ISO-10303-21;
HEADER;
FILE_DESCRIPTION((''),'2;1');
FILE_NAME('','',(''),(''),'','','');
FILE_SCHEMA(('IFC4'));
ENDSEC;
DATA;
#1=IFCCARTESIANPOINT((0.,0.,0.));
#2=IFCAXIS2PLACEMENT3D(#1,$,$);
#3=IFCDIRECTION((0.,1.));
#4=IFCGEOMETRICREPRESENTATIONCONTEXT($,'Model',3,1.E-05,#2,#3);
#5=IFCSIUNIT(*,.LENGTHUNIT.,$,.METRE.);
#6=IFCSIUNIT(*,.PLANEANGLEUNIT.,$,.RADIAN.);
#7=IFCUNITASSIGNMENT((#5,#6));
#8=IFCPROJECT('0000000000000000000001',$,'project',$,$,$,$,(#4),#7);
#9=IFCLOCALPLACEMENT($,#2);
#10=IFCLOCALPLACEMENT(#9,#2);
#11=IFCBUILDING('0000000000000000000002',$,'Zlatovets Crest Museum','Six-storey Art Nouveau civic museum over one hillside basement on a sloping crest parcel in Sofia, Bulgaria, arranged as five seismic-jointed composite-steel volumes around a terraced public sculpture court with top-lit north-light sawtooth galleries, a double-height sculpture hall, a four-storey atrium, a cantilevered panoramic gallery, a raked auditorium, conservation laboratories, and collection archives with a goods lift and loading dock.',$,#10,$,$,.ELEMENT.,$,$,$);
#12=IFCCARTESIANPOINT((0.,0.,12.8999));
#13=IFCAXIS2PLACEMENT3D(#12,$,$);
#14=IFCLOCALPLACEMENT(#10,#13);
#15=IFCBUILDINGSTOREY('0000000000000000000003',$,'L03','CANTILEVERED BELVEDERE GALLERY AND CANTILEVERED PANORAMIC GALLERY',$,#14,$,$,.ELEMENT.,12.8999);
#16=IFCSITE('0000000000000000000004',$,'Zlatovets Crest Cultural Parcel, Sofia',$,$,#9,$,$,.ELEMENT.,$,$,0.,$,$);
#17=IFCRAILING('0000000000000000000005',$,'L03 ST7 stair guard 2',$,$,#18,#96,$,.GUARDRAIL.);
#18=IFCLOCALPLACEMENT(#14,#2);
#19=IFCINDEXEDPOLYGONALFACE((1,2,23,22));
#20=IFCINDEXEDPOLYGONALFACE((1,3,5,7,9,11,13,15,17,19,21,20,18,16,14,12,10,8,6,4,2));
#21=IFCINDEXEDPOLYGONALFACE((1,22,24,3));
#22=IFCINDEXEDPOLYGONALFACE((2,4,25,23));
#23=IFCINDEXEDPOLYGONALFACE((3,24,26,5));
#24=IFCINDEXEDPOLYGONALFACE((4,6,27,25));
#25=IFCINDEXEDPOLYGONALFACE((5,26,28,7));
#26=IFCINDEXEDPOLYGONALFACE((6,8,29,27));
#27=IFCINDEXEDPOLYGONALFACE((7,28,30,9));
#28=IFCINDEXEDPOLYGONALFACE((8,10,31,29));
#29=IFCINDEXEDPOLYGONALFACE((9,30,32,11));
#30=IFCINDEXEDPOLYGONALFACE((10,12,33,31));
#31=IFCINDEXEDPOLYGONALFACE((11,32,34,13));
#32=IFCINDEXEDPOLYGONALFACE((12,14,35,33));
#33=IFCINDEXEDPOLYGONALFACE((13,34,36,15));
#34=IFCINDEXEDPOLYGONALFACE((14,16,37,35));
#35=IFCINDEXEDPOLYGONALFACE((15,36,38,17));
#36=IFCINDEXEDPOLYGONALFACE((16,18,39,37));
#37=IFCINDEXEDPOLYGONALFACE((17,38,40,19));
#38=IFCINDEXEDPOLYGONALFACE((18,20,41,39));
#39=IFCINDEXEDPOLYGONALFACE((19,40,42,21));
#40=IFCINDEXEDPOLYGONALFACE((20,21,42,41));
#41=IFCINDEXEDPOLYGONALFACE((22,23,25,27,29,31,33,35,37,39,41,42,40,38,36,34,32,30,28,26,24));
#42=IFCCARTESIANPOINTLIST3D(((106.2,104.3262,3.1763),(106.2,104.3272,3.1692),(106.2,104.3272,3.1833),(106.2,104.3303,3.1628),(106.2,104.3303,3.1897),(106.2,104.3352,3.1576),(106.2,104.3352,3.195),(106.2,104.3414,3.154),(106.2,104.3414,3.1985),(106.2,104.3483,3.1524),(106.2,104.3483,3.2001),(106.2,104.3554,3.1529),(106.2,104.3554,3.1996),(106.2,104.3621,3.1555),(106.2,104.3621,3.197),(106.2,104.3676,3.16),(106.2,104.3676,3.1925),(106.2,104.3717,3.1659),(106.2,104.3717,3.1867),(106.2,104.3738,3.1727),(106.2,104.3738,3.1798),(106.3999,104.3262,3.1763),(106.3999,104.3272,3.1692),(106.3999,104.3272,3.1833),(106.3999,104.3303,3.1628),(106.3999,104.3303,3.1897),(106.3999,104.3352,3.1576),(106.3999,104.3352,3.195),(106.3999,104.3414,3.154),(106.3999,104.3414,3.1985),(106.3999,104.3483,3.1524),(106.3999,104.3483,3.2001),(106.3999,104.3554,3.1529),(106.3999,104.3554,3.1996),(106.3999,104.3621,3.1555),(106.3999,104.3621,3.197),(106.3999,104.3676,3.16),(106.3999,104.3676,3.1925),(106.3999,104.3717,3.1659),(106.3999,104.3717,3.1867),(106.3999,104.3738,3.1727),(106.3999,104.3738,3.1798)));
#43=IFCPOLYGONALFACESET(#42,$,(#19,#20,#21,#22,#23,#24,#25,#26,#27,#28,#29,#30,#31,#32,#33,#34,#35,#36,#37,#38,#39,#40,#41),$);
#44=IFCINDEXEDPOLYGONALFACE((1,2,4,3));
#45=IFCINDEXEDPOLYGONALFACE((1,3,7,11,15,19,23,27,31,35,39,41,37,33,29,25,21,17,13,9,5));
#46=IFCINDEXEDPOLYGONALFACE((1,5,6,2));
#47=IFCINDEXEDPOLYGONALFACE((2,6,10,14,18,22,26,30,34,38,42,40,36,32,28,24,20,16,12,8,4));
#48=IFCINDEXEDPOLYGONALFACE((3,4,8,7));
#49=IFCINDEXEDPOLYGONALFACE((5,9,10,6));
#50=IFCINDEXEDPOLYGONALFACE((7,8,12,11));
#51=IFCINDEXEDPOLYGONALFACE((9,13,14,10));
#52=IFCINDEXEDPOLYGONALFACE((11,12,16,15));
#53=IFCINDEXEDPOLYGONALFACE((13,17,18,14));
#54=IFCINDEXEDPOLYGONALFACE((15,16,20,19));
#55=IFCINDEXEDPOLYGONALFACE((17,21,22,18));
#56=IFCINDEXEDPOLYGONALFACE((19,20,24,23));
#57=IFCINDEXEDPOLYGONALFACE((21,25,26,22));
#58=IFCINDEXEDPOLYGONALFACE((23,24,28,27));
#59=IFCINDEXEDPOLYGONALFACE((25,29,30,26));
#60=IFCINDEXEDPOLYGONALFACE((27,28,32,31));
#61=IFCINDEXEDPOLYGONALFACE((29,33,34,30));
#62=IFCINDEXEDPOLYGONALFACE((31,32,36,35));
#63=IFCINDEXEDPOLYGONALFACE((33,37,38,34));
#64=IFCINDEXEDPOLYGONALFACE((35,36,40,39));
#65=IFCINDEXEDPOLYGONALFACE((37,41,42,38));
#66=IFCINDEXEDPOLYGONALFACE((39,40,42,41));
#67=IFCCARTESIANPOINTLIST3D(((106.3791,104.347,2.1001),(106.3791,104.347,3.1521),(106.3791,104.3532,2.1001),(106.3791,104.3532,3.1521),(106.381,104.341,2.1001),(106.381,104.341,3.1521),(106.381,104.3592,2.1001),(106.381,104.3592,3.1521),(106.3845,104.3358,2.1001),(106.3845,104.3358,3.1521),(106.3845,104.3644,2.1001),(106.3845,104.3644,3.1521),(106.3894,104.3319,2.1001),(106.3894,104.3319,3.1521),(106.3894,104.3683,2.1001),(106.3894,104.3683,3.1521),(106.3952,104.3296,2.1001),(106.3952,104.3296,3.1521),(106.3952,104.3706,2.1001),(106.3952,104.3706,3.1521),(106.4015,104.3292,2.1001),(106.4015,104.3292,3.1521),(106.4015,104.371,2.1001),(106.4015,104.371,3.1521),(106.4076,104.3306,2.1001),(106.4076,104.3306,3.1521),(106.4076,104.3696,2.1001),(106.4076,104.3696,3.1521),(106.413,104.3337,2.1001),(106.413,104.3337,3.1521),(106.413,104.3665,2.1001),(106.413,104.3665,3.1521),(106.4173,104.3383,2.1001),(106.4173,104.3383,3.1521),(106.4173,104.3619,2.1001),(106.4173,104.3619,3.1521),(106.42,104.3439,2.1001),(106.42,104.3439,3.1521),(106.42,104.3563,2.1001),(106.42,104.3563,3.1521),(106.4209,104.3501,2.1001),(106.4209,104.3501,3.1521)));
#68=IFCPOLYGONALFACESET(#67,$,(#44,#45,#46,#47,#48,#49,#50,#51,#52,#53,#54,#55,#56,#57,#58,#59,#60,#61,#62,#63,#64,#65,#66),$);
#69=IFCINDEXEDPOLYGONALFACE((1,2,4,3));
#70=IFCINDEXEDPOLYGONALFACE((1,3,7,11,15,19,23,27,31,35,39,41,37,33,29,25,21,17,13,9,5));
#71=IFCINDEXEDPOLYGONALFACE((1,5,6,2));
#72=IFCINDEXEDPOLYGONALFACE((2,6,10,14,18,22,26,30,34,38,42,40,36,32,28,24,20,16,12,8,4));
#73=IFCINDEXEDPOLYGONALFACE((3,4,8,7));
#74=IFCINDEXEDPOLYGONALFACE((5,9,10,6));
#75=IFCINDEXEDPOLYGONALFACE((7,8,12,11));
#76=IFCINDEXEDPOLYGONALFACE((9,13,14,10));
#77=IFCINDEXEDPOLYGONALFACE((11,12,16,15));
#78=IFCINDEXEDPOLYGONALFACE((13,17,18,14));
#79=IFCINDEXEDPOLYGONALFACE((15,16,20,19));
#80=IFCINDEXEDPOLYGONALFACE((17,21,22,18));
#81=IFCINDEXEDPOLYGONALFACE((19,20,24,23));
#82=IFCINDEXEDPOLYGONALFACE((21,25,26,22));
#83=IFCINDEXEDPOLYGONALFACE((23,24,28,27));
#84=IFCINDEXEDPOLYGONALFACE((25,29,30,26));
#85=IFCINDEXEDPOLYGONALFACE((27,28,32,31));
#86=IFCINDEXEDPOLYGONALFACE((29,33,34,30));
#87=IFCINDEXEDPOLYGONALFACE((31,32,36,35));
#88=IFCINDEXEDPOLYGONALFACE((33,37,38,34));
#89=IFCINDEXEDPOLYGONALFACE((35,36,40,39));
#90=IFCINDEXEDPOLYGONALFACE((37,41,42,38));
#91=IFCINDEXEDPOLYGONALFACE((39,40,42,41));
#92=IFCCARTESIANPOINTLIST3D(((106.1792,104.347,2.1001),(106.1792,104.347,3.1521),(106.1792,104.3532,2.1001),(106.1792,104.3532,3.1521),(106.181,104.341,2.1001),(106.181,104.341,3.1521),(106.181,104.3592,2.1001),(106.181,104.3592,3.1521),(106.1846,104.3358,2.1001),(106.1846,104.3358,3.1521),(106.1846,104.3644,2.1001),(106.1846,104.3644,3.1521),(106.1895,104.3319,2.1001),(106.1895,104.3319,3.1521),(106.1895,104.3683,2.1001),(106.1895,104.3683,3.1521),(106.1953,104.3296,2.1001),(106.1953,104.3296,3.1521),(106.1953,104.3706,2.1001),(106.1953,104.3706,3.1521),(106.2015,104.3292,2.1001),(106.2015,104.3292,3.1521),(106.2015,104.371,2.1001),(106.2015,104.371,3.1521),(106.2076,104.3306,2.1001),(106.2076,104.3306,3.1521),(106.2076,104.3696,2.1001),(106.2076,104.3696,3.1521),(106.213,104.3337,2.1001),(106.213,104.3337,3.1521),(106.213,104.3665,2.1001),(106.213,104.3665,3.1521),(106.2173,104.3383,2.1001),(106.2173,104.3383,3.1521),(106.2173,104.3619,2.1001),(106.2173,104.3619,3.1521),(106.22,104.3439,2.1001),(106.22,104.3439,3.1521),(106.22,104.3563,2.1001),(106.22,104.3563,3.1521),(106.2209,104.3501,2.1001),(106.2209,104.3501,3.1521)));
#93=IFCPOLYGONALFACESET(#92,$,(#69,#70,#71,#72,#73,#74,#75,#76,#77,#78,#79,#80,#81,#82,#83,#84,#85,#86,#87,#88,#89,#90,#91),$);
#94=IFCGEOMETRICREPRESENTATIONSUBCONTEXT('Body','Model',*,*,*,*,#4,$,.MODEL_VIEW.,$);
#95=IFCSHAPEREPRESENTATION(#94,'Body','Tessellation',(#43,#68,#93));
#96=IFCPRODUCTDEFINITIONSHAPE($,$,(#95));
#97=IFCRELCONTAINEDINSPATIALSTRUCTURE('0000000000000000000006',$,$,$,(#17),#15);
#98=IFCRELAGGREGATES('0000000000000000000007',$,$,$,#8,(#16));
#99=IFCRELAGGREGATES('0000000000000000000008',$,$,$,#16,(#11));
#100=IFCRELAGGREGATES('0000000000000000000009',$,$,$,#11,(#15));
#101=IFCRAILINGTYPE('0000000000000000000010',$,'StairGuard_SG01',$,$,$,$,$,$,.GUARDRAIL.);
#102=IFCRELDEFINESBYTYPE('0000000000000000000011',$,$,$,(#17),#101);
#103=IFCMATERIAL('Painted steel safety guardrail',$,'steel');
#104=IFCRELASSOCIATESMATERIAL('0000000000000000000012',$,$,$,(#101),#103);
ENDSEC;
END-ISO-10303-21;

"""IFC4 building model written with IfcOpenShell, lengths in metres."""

from ifc_helpers import new_model, si_unit, direction, frame, origin, origin_2d, place, context, subcontext, project, spatial, circle, extrude, material, type_object, element, save


model = new_model("IFC4")

# Units and contexts
model_context = context("Model", 3, precision=1e-05, world=origin(), true_north=direction((0.0, 1.0)))
body_context = subcontext(model_context, "Body", "Model", "MODEL_VIEW")
ifc_project = project(units=[si_unit("LENGTHUNIT", "METRE"), si_unit("PLANEANGLEUNIT", "RADIAN")], contexts=[model_context])

# Site, building, storey
site_placement = place(None, origin())
site = spatial("IfcSite", under=ifc_project, at=site_placement, Name="Zlatovets Crest Cultural Parcel, Sofia", CompositionType="ELEMENT", RefElevation=0.0)
building_placement = place(site_placement, origin())
building = spatial("IfcBuilding", under=site, at=building_placement, Name="Zlatovets Crest Museum", Description="Six-storey Art Nouveau civic museum over one hillside basement on a sloping crest parcel in Sofia, Bulgaria, arranged as five seismic-jointed composite-steel volumes around a terraced public sculpture court with top-lit north-light sawtooth galleries, a double-height sculpture hall, a four-storey atrium, a cantilevered panoramic gallery, a raked auditorium, conservation laboratories, and collection archives with a goods lift and loading dock.", CompositionType="ELEMENT")
storey_placement = place(building_placement, frame((0.0, 0.0, 12.8999)))
storey = spatial("IfcBuildingStorey", under=building, at=storey_placement, Name="L03", Description="CANTILEVERED BELVEDERE GALLERY AND CANTILEVERED PANORAMIC GALLERY", CompositionType="ELEMENT", Elevation=12.8999)

# Railing
ifc_material_1 = material(Name="Painted steel safety guardrail", Category="steel")
railing_type_1 = type_object("IfcRailingType", Name="StairGuard_SG01", PredefinedType="GUARDRAIL", material=ifc_material_1)
railing_1_placement = place(storey_placement, frame((106.3999, 104.3501, 2.1001)))
element("IfcRailing", 1, at=railing_1_placement, inside=storey, type_object=railing_type_1, Name="L03 ST7 stair guard 2", PredefinedType="GUARDRAIL", context=body_context, shape_type="SweptSolid", body=[
    extrude(circle(Radius=0.0239, at=origin_2d()), frame((0.0, 0.0, 1.0762), z_axis=(-1.0, 0.0, 0.0), x_axis=(0.0, -1.0, 0.0)), (0.0, 0.0, 1.0), 0.2),
    extrude(circle(Radius=0.021, at=origin_2d()), origin(), (0.0, 0.0, 1.0), 1.052),
    extrude(circle(Radius=0.021, at=origin_2d()), frame((-0.2, 0.0, 0.0)), (0.0, 0.0, 1.0), 1.052),
])

save(model, "model.ifc")
